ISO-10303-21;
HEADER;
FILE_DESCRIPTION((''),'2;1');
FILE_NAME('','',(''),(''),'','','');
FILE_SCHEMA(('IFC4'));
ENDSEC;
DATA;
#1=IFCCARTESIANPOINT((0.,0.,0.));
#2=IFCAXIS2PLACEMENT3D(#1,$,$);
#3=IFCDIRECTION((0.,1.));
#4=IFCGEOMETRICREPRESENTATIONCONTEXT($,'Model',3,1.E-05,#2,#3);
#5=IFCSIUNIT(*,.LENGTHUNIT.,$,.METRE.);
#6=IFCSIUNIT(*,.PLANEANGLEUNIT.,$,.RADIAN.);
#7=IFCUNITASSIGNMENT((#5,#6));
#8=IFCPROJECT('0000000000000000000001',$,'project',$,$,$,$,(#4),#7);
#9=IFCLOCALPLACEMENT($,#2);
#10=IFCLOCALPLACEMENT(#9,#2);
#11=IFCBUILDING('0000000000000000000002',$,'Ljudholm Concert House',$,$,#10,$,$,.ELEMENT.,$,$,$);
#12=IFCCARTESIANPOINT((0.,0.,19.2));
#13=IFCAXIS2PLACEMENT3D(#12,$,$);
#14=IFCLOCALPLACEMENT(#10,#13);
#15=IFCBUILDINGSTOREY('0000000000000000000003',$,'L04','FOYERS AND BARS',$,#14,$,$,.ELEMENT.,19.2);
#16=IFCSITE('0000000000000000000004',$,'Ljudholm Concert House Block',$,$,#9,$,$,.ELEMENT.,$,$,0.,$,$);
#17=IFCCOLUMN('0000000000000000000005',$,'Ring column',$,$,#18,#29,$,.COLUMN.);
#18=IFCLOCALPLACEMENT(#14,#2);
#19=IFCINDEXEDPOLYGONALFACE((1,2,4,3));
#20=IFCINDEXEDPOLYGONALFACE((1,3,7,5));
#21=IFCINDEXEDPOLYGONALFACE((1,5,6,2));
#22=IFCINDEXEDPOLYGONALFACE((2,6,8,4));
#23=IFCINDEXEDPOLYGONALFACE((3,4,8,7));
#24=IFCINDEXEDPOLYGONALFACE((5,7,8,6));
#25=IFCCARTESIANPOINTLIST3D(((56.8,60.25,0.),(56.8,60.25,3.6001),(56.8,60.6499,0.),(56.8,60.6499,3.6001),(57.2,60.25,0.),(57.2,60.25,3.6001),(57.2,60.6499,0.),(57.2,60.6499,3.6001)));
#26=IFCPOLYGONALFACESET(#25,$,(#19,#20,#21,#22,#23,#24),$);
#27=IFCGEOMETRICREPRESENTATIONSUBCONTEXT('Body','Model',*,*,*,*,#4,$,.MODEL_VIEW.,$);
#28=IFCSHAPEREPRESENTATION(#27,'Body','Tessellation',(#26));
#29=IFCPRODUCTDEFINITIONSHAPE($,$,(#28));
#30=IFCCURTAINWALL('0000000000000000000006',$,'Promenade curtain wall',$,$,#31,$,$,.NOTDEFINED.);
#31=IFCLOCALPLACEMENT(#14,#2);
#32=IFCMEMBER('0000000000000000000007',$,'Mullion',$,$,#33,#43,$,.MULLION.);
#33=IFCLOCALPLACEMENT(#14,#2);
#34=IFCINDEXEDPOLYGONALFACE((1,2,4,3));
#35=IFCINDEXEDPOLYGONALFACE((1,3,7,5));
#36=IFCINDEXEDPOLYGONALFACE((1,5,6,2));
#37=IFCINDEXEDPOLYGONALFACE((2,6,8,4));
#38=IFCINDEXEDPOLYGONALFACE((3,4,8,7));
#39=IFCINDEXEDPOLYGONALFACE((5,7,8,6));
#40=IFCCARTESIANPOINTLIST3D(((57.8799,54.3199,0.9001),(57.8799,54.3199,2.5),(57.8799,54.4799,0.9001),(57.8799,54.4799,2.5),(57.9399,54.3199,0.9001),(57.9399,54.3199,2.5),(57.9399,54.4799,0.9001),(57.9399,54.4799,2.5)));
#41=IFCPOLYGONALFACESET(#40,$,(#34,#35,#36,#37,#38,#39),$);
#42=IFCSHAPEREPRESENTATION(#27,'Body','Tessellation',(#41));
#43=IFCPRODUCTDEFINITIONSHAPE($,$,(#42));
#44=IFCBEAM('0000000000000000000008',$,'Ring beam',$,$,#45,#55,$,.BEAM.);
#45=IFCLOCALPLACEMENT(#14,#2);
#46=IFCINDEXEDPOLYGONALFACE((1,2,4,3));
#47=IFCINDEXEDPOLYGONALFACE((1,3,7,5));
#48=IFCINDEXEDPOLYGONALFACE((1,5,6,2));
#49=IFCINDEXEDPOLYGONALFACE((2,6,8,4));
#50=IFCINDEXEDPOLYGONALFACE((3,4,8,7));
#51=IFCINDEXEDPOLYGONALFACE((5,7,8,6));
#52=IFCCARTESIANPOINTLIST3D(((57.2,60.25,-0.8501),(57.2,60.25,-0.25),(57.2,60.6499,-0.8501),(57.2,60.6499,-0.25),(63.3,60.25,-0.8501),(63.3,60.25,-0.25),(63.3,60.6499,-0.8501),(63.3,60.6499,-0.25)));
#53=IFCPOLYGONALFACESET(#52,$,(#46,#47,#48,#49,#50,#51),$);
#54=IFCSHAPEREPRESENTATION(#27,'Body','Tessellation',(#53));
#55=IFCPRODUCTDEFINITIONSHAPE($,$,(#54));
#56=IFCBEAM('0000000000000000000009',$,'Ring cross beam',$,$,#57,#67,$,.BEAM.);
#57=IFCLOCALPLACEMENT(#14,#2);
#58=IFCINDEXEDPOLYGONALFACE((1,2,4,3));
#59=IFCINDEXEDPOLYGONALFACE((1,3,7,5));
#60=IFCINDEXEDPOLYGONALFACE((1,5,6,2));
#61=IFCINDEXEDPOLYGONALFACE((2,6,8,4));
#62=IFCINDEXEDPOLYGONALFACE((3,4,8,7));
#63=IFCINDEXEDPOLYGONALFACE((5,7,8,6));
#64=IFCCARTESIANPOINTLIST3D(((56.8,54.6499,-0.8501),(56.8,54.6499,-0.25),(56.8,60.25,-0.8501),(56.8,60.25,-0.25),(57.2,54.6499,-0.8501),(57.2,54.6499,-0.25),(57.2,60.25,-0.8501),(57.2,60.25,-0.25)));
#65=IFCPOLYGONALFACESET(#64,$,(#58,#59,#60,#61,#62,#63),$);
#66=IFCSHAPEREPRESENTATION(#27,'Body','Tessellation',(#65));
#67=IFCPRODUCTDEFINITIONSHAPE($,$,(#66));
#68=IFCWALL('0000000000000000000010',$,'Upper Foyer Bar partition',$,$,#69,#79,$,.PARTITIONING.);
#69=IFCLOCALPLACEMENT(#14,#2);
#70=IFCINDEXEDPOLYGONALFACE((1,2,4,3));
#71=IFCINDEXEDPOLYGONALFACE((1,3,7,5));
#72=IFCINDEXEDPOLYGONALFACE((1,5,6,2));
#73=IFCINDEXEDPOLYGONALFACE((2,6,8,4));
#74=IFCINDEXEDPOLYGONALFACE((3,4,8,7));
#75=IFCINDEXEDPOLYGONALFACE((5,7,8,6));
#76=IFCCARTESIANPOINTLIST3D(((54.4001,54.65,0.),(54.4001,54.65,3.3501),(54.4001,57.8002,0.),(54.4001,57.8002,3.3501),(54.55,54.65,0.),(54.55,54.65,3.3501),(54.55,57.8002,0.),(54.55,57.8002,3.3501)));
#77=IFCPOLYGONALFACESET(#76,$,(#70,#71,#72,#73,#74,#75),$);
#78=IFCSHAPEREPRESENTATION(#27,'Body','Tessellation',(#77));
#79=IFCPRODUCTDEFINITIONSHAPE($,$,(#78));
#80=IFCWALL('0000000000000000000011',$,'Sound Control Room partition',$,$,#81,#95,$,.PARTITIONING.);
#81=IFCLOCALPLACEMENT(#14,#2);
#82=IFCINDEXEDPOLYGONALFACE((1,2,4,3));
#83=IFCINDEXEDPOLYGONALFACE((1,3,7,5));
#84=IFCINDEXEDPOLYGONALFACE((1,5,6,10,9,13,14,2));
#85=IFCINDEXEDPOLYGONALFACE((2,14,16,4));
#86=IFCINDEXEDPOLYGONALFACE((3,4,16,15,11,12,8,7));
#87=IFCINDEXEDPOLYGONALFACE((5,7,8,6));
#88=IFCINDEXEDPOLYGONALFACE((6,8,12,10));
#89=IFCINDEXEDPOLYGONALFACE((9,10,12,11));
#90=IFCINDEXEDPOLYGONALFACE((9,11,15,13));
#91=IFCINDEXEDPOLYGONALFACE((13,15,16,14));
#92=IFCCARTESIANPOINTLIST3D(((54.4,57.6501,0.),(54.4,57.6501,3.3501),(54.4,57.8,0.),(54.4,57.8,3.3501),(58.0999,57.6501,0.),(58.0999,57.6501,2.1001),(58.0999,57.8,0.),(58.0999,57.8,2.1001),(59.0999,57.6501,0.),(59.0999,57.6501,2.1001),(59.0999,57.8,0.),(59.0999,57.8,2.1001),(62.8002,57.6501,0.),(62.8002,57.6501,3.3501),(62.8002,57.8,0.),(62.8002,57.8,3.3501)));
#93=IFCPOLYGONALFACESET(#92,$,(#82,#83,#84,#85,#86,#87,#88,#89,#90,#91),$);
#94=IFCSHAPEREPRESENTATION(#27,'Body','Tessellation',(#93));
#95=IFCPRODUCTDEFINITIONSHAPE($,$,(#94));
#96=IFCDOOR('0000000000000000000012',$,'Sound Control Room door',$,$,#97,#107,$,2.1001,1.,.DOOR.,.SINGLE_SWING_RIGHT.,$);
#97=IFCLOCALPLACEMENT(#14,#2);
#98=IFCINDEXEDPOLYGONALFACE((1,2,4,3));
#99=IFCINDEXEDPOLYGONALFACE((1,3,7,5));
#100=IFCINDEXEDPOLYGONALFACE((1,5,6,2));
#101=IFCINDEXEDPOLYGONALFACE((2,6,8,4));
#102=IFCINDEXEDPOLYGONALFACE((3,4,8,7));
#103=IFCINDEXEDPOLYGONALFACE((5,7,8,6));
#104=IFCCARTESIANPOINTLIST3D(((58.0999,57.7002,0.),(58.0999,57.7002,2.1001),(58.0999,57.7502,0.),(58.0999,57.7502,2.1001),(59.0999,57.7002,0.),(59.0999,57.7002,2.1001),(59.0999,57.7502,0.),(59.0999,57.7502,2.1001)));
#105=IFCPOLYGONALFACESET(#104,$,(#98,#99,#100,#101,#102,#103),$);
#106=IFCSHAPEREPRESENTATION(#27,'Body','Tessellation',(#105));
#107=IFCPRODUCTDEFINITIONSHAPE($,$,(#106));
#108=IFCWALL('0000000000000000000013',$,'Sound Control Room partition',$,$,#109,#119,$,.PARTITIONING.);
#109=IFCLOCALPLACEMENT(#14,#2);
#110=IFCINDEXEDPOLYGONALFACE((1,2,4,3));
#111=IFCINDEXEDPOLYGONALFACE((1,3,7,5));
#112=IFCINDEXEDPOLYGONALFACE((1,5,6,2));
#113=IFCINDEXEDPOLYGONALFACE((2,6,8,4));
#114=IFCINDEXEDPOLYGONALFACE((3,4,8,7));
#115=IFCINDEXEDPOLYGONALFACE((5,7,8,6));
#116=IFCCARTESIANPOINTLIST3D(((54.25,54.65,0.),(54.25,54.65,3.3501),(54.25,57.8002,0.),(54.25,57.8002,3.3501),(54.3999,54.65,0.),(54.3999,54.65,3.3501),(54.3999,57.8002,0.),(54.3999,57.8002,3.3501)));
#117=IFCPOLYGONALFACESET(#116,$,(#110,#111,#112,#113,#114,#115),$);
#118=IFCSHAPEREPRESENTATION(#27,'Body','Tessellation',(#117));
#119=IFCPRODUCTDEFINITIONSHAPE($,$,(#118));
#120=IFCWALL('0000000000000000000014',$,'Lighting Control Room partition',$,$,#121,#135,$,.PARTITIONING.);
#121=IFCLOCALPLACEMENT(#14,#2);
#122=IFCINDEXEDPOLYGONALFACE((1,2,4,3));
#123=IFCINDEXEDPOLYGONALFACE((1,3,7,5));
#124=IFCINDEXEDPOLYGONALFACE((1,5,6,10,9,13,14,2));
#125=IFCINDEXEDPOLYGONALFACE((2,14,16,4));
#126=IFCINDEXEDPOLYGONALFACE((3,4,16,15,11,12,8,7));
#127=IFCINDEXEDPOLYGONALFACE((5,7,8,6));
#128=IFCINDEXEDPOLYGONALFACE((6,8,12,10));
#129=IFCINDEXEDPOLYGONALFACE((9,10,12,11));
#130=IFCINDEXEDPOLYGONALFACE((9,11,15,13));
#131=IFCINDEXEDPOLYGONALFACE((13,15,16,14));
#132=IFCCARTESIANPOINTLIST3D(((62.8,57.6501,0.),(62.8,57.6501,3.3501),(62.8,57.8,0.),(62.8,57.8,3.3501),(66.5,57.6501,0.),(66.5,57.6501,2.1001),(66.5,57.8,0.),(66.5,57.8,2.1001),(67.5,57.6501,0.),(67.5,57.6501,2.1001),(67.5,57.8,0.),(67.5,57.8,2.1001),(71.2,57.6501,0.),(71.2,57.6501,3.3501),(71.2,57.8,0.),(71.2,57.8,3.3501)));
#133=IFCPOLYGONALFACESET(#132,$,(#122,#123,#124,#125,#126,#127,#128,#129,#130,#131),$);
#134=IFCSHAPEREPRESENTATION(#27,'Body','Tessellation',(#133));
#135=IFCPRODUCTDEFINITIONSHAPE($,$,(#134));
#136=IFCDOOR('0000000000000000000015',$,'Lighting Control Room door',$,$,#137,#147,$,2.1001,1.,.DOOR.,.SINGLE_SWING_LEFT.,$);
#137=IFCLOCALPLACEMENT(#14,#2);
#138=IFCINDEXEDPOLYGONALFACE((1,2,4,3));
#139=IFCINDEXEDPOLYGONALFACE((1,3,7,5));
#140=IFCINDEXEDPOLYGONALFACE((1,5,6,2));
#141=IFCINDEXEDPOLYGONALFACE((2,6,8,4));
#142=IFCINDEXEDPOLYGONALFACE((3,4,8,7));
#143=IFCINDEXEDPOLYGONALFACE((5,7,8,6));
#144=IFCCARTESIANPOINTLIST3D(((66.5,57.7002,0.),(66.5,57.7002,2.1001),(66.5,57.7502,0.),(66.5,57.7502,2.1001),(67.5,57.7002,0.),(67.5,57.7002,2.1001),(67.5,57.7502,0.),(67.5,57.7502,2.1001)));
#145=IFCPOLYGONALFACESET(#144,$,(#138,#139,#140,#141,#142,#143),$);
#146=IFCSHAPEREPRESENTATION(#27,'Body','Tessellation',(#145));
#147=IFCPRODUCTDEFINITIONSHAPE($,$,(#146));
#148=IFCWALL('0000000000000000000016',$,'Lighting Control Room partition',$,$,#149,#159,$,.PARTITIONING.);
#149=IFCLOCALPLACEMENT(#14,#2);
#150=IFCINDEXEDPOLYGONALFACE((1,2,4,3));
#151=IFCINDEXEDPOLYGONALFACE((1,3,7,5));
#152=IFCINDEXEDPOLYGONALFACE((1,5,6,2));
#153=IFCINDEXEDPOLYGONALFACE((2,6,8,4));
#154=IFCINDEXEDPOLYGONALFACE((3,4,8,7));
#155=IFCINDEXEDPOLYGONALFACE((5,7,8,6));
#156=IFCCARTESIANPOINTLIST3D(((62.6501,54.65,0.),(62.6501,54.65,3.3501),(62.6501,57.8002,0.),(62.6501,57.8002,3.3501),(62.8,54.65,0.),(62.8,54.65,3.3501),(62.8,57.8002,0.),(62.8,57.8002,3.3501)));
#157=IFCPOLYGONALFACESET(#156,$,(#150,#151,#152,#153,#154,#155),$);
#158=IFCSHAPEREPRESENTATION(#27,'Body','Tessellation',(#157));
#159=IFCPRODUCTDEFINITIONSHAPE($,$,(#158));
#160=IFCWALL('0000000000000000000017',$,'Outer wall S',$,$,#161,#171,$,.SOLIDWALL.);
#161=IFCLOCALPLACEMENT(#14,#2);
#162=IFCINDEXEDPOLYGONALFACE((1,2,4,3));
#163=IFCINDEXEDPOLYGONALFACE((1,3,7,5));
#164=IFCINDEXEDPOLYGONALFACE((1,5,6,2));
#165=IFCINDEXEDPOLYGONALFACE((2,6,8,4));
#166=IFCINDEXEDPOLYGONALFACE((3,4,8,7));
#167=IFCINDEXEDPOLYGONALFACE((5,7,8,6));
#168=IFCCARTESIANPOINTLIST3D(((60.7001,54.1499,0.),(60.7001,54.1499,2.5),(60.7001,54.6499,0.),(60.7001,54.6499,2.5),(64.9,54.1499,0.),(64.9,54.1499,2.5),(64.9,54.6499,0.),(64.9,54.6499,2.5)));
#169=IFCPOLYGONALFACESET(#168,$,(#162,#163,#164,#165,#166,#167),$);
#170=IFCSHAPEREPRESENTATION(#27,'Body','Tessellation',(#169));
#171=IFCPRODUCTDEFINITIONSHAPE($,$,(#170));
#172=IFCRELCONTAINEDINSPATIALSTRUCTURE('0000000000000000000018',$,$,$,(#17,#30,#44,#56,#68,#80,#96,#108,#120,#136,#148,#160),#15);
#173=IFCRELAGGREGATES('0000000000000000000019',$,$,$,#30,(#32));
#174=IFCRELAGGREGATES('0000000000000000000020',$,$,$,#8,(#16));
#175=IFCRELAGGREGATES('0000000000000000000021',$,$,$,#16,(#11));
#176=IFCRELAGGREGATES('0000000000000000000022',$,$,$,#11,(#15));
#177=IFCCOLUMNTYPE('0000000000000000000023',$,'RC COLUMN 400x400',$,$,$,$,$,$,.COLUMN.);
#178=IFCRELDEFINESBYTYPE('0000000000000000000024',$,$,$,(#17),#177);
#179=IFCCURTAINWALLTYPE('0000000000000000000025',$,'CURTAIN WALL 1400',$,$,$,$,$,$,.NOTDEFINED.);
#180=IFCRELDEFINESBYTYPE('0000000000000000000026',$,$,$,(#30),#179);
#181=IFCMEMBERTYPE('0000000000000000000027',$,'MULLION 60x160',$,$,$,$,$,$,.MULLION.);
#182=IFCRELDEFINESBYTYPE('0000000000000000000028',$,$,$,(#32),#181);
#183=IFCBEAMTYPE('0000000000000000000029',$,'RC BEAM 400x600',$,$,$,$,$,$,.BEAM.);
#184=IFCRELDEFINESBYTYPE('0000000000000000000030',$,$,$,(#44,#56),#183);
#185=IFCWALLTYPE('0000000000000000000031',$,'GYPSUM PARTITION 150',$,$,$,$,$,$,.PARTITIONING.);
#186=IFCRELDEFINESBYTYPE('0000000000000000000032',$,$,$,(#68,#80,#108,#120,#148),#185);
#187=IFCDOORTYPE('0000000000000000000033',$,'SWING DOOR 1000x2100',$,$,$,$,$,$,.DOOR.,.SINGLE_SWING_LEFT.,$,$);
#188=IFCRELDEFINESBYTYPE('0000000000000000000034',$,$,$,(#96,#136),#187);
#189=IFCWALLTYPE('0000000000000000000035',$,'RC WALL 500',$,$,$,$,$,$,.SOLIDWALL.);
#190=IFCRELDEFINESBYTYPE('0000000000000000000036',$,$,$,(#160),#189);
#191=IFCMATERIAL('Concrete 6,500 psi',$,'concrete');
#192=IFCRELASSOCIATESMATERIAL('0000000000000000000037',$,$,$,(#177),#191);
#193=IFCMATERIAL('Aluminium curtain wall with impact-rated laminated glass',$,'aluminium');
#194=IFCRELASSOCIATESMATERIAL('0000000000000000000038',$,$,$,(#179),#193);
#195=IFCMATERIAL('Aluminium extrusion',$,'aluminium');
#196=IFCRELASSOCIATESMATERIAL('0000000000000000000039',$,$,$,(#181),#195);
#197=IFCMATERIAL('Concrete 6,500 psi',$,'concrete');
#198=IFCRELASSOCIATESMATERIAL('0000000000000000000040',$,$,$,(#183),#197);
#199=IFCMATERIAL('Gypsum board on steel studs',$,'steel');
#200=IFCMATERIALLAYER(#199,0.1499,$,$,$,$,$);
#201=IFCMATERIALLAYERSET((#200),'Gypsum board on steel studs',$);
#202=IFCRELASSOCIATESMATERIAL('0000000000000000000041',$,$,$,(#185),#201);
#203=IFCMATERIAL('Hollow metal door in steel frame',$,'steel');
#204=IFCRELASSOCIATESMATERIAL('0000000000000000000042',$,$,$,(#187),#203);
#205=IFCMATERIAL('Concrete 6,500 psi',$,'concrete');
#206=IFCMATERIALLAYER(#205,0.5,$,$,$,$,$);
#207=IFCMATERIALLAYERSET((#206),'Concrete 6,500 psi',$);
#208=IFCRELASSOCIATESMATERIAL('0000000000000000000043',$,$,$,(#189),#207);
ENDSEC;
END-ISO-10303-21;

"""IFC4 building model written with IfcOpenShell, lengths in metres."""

from ifc_helpers import new_model, si_unit, direction, frame, frame_2d, origin, origin_2d, place, context, subcontext, project, spatial, rectangle, extrude, material, layer, layer_set, material_profile, profile_set, type_object, element, fill, aggregate, save


model = new_model("IFC4")

# Units and contexts
model_context = context("Model", 3, precision=1e-05, world=origin(), true_north=direction((0.0, 1.0)))
body_context = subcontext(model_context, "Body", "Model", "MODEL_VIEW")
ifc_project = project(units=[si_unit("LENGTHUNIT", "METRE"), si_unit("PLANEANGLEUNIT", "RADIAN")], contexts=[model_context])

# Site, building, storey
site_placement = place(None, origin())
site = spatial("IfcSite", under=ifc_project, at=site_placement, Name="Ljudholm Concert House Block", CompositionType="ELEMENT", RefElevation=0.0)
building_placement = place(site_placement, origin())
building = spatial("IfcBuilding", under=site, at=building_placement, Name="Ljudholm Concert House", CompositionType="ELEMENT")
storey_placement = place(building_placement, frame((0.0, 0.0, 19.2)))
storey = spatial("IfcBuildingStorey", under=building, at=storey_placement, Name="L04", Description="FOYERS AND BARS", CompositionType="ELEMENT", Elevation=19.2)

# Column
ifc_material_1 = material(Name="Concrete 6,500 psi", Category="concrete")
ifc_material_profile_1 = material_profile(ifc_material_1, rectangle(XDim=0.3999, YDim=0.3999, at=origin_2d()), Name="RC COLUMN 400x400")
ifc_profile_set_1 = profile_set([ifc_material_profile_1], Name="Concrete 6,500 psi")
column_type = type_object("IfcColumnType", Name="RC COLUMN 400x400", PredefinedType="COLUMN", material=ifc_profile_set_1)
column_placement = place(storey_placement, frame((57.0, 60.45, 0.0), z_axis=(0.0, 0.0, 1.0), x_axis=(1.0, 0.0, 0.0)))
element("IfcColumn", 1, at=column_placement, inside=storey, type_object=column_type, Name="Ring column", PredefinedType="COLUMN", context=body_context, shape_type="SweptSolid", body=[
    extrude(rectangle(XDim=0.3999, YDim=0.3999, at=origin_2d()), origin(), (0.0, 0.0, 1.0), 3.6001),
])

# Curtain wall, member
ifc_material_2 = material(Name="Aluminium curtain wall with impact-rated laminated glass", Category="aluminium")
curtain_wall_type = type_object("IfcCurtainWallType", Name="CURTAIN WALL 1400", PredefinedType="NOTDEFINED", material=ifc_material_2)
curtain_wall_placement = place(storey_placement, origin())
curtain_wall = element("IfcCurtainWall", 2, at=curtain_wall_placement, inside=storey, type_object=curtain_wall_type, Name="Promenade curtain wall", PredefinedType="NOTDEFINED")
ifc_material_3 = material(Name="Aluminium extrusion", Category="aluminium")
ifc_material_profile_2 = material_profile(ifc_material_3, rectangle(XDim=0.1599, YDim=0.0601, at=origin_2d()), Name="MULLION 60x160")
ifc_profile_set_2 = profile_set([ifc_material_profile_2], Name="Aluminium extrusion")
member_type = type_object("IfcMemberType", Name="MULLION 60x160", PredefinedType="MULLION", material=ifc_profile_set_2)
member_placement = place(storey_placement, frame((57.9099, 54.3999, 0.9001), z_axis=(0.0, 0.0, 1.0), x_axis=(0.0, 1.0, 0.0)))
member = element("IfcMember", 3, at=member_placement, type_object=member_type, Name="Mullion", PredefinedType="MULLION", context=body_context, shape_type="SweptSolid", body=[
    extrude(rectangle(XDim=0.1599, YDim=0.0601, at=origin_2d()), origin(), (0.0, 0.0, 1.0), 1.5999),
])
aggregate(curtain_wall, [member])

# Beams
ifc_material_4 = material(Name="Concrete 6,500 psi", Category="concrete")
ifc_material_profile_3 = material_profile(ifc_material_4, rectangle(XDim=0.3999, YDim=0.6001, at=origin_2d()), Name="RC BEAM 400x600")
ifc_profile_set_3 = profile_set([ifc_material_profile_3], Name="Concrete 6,500 psi")
beam_type = type_object("IfcBeamType", Name="RC BEAM 400x600", PredefinedType="BEAM", material=ifc_profile_set_3)
beam_1_placement = place(storey_placement, frame((57.2, 60.45, -0.55), z_axis=(1.0, 0.0, 0.0), x_axis=(0.0, 1.0, 0.0)))
element("IfcBeam", 4, at=beam_1_placement, inside=storey, type_object=beam_type, Name="Ring beam", PredefinedType="BEAM", context=body_context, shape_type="SweptSolid", body=[
    extrude(rectangle(XDim=0.3999, YDim=0.6001, at=origin_2d()), origin(), (0.0, 0.0, 1.0), 6.1001),
])
beam_2_placement = place(storey_placement, frame((57.0, 60.25, -0.55), z_axis=(0.0, -1.0, 0.0), x_axis=(1.0, 0.0, 0.0)))
element("IfcBeam", 5, at=beam_2_placement, inside=storey, type_object=beam_type, Name="Ring cross beam", PredefinedType="BEAM", context=body_context, shape_type="SweptSolid", body=[
    extrude(rectangle(XDim=0.3999, YDim=0.6001, at=origin_2d()), origin(), (0.0, 0.0, 1.0), 5.6001),
])

# Wall
ifc_material_5 = material(Name="Gypsum board on steel studs", Category="steel")
ifc_layer_1 = layer(ifc_material_5, 0.1499)
ifc_layer_set_1 = layer_set([ifc_layer_1], Name="Gypsum board on steel studs")
wall_type_1 = type_object("IfcWallType", Name="GYPSUM PARTITION 150", PredefinedType="PARTITIONING", material=ifc_layer_set_1)
wall_1_placement = place(storey_placement, frame((54.4751, 54.6499, 0.0), z_axis=(0.0, 0.0, 1.0), x_axis=(0.0, 1.0, 0.0)))
element("IfcWall", 6, at=wall_1_placement, inside=storey, type_object=wall_type_1, Name="Upper Foyer Bar partition", PredefinedType="PARTITIONING", context=body_context, shape_type="SweptSolid", body=[
    extrude(rectangle(XDim=3.1501, YDim=0.1499, at=frame_2d((1.5752, 0.0))), origin(), (0.0, 0.0, 1.0), 3.3501),
])

# Wall, opening, door
wall_2_placement = place(storey_placement, frame((54.3999, 57.7251, 0.0), z_axis=(0.0, 0.0, 1.0), x_axis=(1.0, 0.0, 0.0)))
wall_2 = element("IfcWall", 7, at=wall_2_placement, inside=storey, type_object=wall_type_1, Name="Sound Control Room partition", PredefinedType="PARTITIONING", context=body_context, shape_type="SweptSolid", body=[
    extrude(rectangle(XDim=8.4001, YDim=0.1499, at=frame_2d((4.2002, 0.0))), origin(), (0.0, 0.0, 1.0), 3.3501),
])
opening_1_placement = place(wall_2_placement, frame((3.7, 0.0, 0.0)))
opening_1 = element("IfcOpeningElement", 8, at=opening_1_placement, cuts=wall_2, PredefinedType="OPENING", context=body_context, shape_type="SweptSolid", body=[
    extrude(rectangle(XDim=1.0, YDim=2.1001, at=frame_2d((0.5, 1.05))), frame((0.0, 0.085, 0.0), z_axis=(0.0, -1.0, 0.0), x_axis=(1.0, 0.0, 0.0)), (0.0, 0.0, 1.0), 0.1699),
])
ifc_material_6 = material(Name="Hollow metal door in steel frame", Category="steel")
door_type = type_object("IfcDoorType", Name="SWING DOOR 1000x2100", OperationType="SINGLE_SWING_LEFT", PredefinedType="DOOR", material=ifc_material_6)
door_1_placement = place(opening_1_placement, frame((1.0, 0.0, 0.0), z_axis=(0.0, 0.0, 1.0), x_axis=(-1.0, 0.0, 0.0)))
door_1 = element("IfcDoor", 9, at=door_1_placement, inside=storey, type_object=door_type, Name="Sound Control Room door", OperationType="SINGLE_SWING_RIGHT", OverallHeight=2.1001, OverallWidth=1.0, PredefinedType="DOOR", context=body_context, shape_type="SweptSolid", body=[
    extrude(rectangle(XDim=1.0, YDim=2.1001, at=frame_2d((0.5, 1.05))), frame((0.0, 0.0249, 0.0), z_axis=(0.0, -1.0, 0.0), x_axis=(1.0, 0.0, 0.0)), (0.0, 0.0, 1.0), 0.05),
])
fill(opening_1, door_1)

# Wall
wall_3_placement = place(storey_placement, frame((54.325, 54.6499, 0.0), z_axis=(0.0, 0.0, 1.0), x_axis=(0.0, 1.0, 0.0)))
element("IfcWall", 10, at=wall_3_placement, inside=storey, type_object=wall_type_1, Name="Sound Control Room partition", PredefinedType="PARTITIONING", context=body_context, shape_type="SweptSolid", body=[
    extrude(rectangle(XDim=3.1501, YDim=0.1499, at=frame_2d((1.5752, 0.0))), origin(), (0.0, 0.0, 1.0), 3.3501),
])

# Wall, opening, door
wall_4_placement = place(storey_placement, frame((62.8, 57.7251, 0.0), z_axis=(0.0, 0.0, 1.0), x_axis=(1.0, 0.0, 0.0)))
wall_4 = element("IfcWall", 11, at=wall_4_placement, inside=storey, type_object=wall_type_1, Name="Lighting Control Room partition", PredefinedType="PARTITIONING", context=body_context, shape_type="SweptSolid", body=[
    extrude(rectangle(XDim=8.3999, YDim=0.1499, at=frame_2d((4.2, 0.0))), origin(), (0.0, 0.0, 1.0), 3.3501),
])
opening_2_placement = place(wall_4_placement, frame((3.7, 0.0, 0.0)))
opening_2 = element("IfcOpeningElement", 12, at=opening_2_placement, cuts=wall_4, PredefinedType="OPENING", context=body_context, shape_type="SweptSolid", body=[
    extrude(rectangle(XDim=1.0, YDim=2.1001, at=frame_2d((0.5, 1.05))), frame((0.0, 0.085, 0.0), z_axis=(0.0, -1.0, 0.0), x_axis=(1.0, 0.0, 0.0)), (0.0, 0.0, 1.0), 0.1699),
])
door_2_placement = place(opening_2_placement, frame((1.0, 0.0, 0.0), z_axis=(0.0, 0.0, 1.0), x_axis=(-1.0, 0.0, 0.0)))
door_2 = element("IfcDoor", 13, at=door_2_placement, inside=storey, type_object=door_type, Name="Lighting Control Room door", OperationType="SINGLE_SWING_LEFT", OverallHeight=2.1001, OverallWidth=1.0, PredefinedType="DOOR", context=body_context, shape_type="SweptSolid", body=[
    extrude(rectangle(XDim=1.0, YDim=2.1001, at=frame_2d((0.5, 1.05))), frame((0.0, 0.0249, 0.0), z_axis=(0.0, -1.0, 0.0), x_axis=(1.0, 0.0, 0.0)), (0.0, 0.0, 1.0), 0.05),
])
fill(opening_2, door_2)

# Walls
wall_5_placement = place(storey_placement, frame((62.7251, 54.6499, 0.0), z_axis=(0.0, 0.0, 1.0), x_axis=(0.0, 1.0, 0.0)))
element("IfcWall", 14, at=wall_5_placement, inside=storey, type_object=wall_type_1, Name="Lighting Control Room partition", PredefinedType="PARTITIONING", context=body_context, shape_type="SweptSolid", body=[
    extrude(rectangle(XDim=3.1501, YDim=0.1499, at=frame_2d((1.5752, 0.0))), origin(), (0.0, 0.0, 1.0), 3.3501),
])
ifc_material_7 = material(Name="Concrete 6,500 psi", Category="concrete")
ifc_layer_2 = layer(ifc_material_7, 0.5)
ifc_layer_set_2 = layer_set([ifc_layer_2], Name="Concrete 6,500 psi")
wall_type_2 = type_object("IfcWallType", Name="RC WALL 500", PredefinedType="SOLIDWALL", material=ifc_layer_set_2)
wall_6_placement = place(storey_placement, frame((60.7, 54.3999, 0.0), z_axis=(0.0, 0.0, 1.0), x_axis=(1.0, 0.0, 0.0)))
element("IfcWall", 15, at=wall_6_placement, inside=storey, type_object=wall_type_2, Name="Outer wall S", PredefinedType="SOLIDWALL", context=body_context, shape_type="SweptSolid", body=[
    extrude(rectangle(XDim=4.2, YDim=0.5, at=frame_2d((2.1001, 0.0))), origin(), (0.0, 0.0, 1.0), 2.5),
])

save(model, "model.ifc")
